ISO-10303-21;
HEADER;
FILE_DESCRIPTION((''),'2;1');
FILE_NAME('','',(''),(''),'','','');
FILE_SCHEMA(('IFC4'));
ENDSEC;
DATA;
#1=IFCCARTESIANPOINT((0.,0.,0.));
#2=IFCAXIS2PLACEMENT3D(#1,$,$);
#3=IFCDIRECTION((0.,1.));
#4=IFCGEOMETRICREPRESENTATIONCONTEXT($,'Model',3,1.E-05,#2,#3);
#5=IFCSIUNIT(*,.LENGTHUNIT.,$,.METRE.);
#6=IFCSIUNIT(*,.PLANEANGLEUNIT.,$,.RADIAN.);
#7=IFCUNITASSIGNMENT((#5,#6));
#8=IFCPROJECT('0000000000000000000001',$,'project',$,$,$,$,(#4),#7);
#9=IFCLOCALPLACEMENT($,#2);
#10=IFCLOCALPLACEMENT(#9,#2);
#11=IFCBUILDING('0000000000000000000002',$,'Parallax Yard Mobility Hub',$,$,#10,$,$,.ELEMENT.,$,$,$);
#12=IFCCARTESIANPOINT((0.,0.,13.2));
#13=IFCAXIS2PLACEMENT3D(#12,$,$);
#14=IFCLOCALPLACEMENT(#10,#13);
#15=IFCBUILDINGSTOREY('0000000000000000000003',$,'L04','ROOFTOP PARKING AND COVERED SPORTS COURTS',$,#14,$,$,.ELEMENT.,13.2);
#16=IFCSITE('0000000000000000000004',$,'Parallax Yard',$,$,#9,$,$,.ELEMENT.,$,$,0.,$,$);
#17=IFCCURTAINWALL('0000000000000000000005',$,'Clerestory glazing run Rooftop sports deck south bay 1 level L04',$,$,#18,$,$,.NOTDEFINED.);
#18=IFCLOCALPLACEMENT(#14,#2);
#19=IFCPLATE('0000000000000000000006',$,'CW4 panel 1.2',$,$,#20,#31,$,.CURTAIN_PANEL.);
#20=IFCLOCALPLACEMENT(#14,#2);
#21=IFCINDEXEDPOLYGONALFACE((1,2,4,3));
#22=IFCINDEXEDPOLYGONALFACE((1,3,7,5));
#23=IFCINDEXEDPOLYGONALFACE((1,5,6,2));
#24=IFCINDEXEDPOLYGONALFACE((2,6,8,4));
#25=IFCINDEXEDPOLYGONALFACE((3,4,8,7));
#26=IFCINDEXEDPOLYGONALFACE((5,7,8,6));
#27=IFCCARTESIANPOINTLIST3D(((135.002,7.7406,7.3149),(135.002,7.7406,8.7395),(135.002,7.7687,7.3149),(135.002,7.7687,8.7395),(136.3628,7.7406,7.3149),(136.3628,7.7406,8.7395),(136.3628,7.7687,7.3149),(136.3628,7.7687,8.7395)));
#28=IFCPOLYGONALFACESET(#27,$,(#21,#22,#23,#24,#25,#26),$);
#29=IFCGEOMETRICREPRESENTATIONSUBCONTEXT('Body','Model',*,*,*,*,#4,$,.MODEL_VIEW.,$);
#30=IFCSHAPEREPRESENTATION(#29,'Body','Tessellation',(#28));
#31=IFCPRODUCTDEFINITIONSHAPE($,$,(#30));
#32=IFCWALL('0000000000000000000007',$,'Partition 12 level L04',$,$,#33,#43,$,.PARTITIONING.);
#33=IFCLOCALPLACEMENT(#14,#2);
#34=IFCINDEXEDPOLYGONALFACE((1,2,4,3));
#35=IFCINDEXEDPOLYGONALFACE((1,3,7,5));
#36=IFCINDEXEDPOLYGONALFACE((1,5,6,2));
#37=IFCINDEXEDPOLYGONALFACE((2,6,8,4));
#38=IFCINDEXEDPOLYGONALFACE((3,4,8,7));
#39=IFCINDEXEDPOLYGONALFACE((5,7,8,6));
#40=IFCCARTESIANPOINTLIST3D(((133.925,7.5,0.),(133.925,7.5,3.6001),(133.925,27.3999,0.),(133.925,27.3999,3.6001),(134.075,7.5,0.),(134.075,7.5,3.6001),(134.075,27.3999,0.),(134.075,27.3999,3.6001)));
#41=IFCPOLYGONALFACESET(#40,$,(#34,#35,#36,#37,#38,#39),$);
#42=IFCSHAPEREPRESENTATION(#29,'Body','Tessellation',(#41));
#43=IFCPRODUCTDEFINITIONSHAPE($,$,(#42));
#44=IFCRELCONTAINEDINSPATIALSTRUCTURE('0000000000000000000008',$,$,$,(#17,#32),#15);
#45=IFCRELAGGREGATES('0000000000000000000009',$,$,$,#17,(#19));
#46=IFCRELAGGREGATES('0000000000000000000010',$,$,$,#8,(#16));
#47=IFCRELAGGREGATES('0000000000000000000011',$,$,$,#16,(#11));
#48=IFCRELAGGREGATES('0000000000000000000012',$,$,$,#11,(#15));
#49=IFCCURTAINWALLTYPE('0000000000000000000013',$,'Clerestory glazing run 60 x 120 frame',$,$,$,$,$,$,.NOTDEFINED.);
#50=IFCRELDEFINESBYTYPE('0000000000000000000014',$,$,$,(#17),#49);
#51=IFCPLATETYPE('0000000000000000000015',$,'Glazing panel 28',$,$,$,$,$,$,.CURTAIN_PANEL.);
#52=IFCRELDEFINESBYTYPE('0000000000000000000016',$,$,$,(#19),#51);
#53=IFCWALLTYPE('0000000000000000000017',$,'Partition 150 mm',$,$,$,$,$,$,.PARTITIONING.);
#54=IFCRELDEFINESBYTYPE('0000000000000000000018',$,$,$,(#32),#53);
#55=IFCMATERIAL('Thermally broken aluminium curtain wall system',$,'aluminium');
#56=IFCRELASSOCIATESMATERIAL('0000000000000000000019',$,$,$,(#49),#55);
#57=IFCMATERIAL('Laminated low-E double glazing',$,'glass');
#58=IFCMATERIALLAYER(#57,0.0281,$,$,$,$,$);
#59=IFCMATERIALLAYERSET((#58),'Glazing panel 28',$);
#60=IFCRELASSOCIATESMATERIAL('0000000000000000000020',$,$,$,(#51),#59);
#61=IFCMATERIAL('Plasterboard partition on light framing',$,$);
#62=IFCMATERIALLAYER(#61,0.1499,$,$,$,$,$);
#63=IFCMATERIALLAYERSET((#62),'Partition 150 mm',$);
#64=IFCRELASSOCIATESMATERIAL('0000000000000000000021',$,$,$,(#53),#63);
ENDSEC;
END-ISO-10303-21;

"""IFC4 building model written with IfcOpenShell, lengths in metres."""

from ifc_helpers import new_model, si_unit, direction, frame, frame_2d, origin, origin_2d, place, context, subcontext, project, spatial, rectangle, extrude, material, layer, layer_set, type_object, element, aggregate, save


model = new_model("IFC4")

# Units and contexts
model_context = context("Model", 3, precision=1e-05, world=origin(), true_north=direction((0.0, 1.0)))
body_context = subcontext(model_context, "Body", "Model", "MODEL_VIEW")
ifc_project = project(units=[si_unit("LENGTHUNIT", "METRE"), si_unit("PLANEANGLEUNIT", "RADIAN")], contexts=[model_context])

# Site, building, storey
site_placement = place(None, origin())
site = spatial("IfcSite", under=ifc_project, at=site_placement, Name="Parallax Yard", CompositionType="ELEMENT", RefElevation=0.0)
building_placement = place(site_placement, origin())
building = spatial("IfcBuilding", under=site, at=building_placement, Name="Parallax Yard Mobility Hub", CompositionType="ELEMENT")
storey_placement = place(building_placement, frame((0.0, 0.0, 13.2)))
storey = spatial("IfcBuildingStorey", under=building, at=storey_placement, Name="L04", Description="ROOFTOP PARKING AND COVERED SPORTS COURTS", CompositionType="ELEMENT", Elevation=13.2)

# Shared definitions
ifc_material_1 = material(Name="Thermally broken aluminium curtain wall system", Category="aluminium")
curtain_wall_type = type_object("IfcCurtainWallType", Name="Clerestory glazing run 60 x 120 frame", PredefinedType="NOTDEFINED", material=ifc_material_1)

# Curtain wall
curtain_wall_1_placement = place(storey_placement, origin())
curtain_wall_1 = element("IfcCurtainWall", 1, at=curtain_wall_1_placement, inside=storey, type_object=curtain_wall_type, Name="Clerestory glazing run Rooftop sports deck south bay 1 level L04", PredefinedType="NOTDEFINED")

# Plate
ifc_material_2 = material(Name="Laminated low-E double glazing", Category="glass")
ifc_layer_1 = layer(ifc_material_2, 0.0281)
ifc_layer_set_1 = layer_set([ifc_layer_1], Name="Glazing panel 28")
plate_type = type_object("IfcPlateType", Name="Glazing panel 28", PredefinedType="CURTAIN_PANEL", material=ifc_layer_set_1)
plate_1_placement = place(storey_placement, frame((135.6824, 7.7546, 7.3149), z_axis=(0.0, 0.0, 1.0), x_axis=(1.0, 0.0, 0.0)))
plate_1 = element("IfcPlate", 2, at=plate_1_placement, type_object=plate_type, Name="CW4 panel 1.2", PredefinedType="CURTAIN_PANEL", context=body_context, shape_type="SweptSolid", body=[
    extrude(rectangle(XDim=1.3608, YDim=0.0281, at=origin_2d()), origin(), (0.0, 0.0, 1.0), 1.4246),
])
aggregate(curtain_wall_1, [plate_1])

# Wall
ifc_material_3 = material(Name="Plasterboard partition on light framing")
ifc_layer_2 = layer(ifc_material_3, 0.1499)
ifc_layer_set_2 = layer_set([ifc_layer_2], Name="Partition 150 mm")
wall_type = type_object("IfcWallType", Name="Partition 150 mm", PredefinedType="PARTITIONING", material=ifc_layer_set_2)
wall_placement = place(storey_placement, frame((134.0, 7.5, 0.0), z_axis=(0.0, 0.0, 1.0), x_axis=(0.0, 1.0, 0.0)))
element("IfcWall", 3, at=wall_placement, inside=storey, type_object=wall_type, Name="Partition 12 level L04", PredefinedType="PARTITIONING", context=body_context, shape_type="SweptSolid", body=[
    extrude(rectangle(XDim=19.8999, YDim=0.1499, at=frame_2d((9.95, 0.0))), origin(), (0.0, 0.0, 1.0), 3.6001),
])

save(model, "model.ifc")
